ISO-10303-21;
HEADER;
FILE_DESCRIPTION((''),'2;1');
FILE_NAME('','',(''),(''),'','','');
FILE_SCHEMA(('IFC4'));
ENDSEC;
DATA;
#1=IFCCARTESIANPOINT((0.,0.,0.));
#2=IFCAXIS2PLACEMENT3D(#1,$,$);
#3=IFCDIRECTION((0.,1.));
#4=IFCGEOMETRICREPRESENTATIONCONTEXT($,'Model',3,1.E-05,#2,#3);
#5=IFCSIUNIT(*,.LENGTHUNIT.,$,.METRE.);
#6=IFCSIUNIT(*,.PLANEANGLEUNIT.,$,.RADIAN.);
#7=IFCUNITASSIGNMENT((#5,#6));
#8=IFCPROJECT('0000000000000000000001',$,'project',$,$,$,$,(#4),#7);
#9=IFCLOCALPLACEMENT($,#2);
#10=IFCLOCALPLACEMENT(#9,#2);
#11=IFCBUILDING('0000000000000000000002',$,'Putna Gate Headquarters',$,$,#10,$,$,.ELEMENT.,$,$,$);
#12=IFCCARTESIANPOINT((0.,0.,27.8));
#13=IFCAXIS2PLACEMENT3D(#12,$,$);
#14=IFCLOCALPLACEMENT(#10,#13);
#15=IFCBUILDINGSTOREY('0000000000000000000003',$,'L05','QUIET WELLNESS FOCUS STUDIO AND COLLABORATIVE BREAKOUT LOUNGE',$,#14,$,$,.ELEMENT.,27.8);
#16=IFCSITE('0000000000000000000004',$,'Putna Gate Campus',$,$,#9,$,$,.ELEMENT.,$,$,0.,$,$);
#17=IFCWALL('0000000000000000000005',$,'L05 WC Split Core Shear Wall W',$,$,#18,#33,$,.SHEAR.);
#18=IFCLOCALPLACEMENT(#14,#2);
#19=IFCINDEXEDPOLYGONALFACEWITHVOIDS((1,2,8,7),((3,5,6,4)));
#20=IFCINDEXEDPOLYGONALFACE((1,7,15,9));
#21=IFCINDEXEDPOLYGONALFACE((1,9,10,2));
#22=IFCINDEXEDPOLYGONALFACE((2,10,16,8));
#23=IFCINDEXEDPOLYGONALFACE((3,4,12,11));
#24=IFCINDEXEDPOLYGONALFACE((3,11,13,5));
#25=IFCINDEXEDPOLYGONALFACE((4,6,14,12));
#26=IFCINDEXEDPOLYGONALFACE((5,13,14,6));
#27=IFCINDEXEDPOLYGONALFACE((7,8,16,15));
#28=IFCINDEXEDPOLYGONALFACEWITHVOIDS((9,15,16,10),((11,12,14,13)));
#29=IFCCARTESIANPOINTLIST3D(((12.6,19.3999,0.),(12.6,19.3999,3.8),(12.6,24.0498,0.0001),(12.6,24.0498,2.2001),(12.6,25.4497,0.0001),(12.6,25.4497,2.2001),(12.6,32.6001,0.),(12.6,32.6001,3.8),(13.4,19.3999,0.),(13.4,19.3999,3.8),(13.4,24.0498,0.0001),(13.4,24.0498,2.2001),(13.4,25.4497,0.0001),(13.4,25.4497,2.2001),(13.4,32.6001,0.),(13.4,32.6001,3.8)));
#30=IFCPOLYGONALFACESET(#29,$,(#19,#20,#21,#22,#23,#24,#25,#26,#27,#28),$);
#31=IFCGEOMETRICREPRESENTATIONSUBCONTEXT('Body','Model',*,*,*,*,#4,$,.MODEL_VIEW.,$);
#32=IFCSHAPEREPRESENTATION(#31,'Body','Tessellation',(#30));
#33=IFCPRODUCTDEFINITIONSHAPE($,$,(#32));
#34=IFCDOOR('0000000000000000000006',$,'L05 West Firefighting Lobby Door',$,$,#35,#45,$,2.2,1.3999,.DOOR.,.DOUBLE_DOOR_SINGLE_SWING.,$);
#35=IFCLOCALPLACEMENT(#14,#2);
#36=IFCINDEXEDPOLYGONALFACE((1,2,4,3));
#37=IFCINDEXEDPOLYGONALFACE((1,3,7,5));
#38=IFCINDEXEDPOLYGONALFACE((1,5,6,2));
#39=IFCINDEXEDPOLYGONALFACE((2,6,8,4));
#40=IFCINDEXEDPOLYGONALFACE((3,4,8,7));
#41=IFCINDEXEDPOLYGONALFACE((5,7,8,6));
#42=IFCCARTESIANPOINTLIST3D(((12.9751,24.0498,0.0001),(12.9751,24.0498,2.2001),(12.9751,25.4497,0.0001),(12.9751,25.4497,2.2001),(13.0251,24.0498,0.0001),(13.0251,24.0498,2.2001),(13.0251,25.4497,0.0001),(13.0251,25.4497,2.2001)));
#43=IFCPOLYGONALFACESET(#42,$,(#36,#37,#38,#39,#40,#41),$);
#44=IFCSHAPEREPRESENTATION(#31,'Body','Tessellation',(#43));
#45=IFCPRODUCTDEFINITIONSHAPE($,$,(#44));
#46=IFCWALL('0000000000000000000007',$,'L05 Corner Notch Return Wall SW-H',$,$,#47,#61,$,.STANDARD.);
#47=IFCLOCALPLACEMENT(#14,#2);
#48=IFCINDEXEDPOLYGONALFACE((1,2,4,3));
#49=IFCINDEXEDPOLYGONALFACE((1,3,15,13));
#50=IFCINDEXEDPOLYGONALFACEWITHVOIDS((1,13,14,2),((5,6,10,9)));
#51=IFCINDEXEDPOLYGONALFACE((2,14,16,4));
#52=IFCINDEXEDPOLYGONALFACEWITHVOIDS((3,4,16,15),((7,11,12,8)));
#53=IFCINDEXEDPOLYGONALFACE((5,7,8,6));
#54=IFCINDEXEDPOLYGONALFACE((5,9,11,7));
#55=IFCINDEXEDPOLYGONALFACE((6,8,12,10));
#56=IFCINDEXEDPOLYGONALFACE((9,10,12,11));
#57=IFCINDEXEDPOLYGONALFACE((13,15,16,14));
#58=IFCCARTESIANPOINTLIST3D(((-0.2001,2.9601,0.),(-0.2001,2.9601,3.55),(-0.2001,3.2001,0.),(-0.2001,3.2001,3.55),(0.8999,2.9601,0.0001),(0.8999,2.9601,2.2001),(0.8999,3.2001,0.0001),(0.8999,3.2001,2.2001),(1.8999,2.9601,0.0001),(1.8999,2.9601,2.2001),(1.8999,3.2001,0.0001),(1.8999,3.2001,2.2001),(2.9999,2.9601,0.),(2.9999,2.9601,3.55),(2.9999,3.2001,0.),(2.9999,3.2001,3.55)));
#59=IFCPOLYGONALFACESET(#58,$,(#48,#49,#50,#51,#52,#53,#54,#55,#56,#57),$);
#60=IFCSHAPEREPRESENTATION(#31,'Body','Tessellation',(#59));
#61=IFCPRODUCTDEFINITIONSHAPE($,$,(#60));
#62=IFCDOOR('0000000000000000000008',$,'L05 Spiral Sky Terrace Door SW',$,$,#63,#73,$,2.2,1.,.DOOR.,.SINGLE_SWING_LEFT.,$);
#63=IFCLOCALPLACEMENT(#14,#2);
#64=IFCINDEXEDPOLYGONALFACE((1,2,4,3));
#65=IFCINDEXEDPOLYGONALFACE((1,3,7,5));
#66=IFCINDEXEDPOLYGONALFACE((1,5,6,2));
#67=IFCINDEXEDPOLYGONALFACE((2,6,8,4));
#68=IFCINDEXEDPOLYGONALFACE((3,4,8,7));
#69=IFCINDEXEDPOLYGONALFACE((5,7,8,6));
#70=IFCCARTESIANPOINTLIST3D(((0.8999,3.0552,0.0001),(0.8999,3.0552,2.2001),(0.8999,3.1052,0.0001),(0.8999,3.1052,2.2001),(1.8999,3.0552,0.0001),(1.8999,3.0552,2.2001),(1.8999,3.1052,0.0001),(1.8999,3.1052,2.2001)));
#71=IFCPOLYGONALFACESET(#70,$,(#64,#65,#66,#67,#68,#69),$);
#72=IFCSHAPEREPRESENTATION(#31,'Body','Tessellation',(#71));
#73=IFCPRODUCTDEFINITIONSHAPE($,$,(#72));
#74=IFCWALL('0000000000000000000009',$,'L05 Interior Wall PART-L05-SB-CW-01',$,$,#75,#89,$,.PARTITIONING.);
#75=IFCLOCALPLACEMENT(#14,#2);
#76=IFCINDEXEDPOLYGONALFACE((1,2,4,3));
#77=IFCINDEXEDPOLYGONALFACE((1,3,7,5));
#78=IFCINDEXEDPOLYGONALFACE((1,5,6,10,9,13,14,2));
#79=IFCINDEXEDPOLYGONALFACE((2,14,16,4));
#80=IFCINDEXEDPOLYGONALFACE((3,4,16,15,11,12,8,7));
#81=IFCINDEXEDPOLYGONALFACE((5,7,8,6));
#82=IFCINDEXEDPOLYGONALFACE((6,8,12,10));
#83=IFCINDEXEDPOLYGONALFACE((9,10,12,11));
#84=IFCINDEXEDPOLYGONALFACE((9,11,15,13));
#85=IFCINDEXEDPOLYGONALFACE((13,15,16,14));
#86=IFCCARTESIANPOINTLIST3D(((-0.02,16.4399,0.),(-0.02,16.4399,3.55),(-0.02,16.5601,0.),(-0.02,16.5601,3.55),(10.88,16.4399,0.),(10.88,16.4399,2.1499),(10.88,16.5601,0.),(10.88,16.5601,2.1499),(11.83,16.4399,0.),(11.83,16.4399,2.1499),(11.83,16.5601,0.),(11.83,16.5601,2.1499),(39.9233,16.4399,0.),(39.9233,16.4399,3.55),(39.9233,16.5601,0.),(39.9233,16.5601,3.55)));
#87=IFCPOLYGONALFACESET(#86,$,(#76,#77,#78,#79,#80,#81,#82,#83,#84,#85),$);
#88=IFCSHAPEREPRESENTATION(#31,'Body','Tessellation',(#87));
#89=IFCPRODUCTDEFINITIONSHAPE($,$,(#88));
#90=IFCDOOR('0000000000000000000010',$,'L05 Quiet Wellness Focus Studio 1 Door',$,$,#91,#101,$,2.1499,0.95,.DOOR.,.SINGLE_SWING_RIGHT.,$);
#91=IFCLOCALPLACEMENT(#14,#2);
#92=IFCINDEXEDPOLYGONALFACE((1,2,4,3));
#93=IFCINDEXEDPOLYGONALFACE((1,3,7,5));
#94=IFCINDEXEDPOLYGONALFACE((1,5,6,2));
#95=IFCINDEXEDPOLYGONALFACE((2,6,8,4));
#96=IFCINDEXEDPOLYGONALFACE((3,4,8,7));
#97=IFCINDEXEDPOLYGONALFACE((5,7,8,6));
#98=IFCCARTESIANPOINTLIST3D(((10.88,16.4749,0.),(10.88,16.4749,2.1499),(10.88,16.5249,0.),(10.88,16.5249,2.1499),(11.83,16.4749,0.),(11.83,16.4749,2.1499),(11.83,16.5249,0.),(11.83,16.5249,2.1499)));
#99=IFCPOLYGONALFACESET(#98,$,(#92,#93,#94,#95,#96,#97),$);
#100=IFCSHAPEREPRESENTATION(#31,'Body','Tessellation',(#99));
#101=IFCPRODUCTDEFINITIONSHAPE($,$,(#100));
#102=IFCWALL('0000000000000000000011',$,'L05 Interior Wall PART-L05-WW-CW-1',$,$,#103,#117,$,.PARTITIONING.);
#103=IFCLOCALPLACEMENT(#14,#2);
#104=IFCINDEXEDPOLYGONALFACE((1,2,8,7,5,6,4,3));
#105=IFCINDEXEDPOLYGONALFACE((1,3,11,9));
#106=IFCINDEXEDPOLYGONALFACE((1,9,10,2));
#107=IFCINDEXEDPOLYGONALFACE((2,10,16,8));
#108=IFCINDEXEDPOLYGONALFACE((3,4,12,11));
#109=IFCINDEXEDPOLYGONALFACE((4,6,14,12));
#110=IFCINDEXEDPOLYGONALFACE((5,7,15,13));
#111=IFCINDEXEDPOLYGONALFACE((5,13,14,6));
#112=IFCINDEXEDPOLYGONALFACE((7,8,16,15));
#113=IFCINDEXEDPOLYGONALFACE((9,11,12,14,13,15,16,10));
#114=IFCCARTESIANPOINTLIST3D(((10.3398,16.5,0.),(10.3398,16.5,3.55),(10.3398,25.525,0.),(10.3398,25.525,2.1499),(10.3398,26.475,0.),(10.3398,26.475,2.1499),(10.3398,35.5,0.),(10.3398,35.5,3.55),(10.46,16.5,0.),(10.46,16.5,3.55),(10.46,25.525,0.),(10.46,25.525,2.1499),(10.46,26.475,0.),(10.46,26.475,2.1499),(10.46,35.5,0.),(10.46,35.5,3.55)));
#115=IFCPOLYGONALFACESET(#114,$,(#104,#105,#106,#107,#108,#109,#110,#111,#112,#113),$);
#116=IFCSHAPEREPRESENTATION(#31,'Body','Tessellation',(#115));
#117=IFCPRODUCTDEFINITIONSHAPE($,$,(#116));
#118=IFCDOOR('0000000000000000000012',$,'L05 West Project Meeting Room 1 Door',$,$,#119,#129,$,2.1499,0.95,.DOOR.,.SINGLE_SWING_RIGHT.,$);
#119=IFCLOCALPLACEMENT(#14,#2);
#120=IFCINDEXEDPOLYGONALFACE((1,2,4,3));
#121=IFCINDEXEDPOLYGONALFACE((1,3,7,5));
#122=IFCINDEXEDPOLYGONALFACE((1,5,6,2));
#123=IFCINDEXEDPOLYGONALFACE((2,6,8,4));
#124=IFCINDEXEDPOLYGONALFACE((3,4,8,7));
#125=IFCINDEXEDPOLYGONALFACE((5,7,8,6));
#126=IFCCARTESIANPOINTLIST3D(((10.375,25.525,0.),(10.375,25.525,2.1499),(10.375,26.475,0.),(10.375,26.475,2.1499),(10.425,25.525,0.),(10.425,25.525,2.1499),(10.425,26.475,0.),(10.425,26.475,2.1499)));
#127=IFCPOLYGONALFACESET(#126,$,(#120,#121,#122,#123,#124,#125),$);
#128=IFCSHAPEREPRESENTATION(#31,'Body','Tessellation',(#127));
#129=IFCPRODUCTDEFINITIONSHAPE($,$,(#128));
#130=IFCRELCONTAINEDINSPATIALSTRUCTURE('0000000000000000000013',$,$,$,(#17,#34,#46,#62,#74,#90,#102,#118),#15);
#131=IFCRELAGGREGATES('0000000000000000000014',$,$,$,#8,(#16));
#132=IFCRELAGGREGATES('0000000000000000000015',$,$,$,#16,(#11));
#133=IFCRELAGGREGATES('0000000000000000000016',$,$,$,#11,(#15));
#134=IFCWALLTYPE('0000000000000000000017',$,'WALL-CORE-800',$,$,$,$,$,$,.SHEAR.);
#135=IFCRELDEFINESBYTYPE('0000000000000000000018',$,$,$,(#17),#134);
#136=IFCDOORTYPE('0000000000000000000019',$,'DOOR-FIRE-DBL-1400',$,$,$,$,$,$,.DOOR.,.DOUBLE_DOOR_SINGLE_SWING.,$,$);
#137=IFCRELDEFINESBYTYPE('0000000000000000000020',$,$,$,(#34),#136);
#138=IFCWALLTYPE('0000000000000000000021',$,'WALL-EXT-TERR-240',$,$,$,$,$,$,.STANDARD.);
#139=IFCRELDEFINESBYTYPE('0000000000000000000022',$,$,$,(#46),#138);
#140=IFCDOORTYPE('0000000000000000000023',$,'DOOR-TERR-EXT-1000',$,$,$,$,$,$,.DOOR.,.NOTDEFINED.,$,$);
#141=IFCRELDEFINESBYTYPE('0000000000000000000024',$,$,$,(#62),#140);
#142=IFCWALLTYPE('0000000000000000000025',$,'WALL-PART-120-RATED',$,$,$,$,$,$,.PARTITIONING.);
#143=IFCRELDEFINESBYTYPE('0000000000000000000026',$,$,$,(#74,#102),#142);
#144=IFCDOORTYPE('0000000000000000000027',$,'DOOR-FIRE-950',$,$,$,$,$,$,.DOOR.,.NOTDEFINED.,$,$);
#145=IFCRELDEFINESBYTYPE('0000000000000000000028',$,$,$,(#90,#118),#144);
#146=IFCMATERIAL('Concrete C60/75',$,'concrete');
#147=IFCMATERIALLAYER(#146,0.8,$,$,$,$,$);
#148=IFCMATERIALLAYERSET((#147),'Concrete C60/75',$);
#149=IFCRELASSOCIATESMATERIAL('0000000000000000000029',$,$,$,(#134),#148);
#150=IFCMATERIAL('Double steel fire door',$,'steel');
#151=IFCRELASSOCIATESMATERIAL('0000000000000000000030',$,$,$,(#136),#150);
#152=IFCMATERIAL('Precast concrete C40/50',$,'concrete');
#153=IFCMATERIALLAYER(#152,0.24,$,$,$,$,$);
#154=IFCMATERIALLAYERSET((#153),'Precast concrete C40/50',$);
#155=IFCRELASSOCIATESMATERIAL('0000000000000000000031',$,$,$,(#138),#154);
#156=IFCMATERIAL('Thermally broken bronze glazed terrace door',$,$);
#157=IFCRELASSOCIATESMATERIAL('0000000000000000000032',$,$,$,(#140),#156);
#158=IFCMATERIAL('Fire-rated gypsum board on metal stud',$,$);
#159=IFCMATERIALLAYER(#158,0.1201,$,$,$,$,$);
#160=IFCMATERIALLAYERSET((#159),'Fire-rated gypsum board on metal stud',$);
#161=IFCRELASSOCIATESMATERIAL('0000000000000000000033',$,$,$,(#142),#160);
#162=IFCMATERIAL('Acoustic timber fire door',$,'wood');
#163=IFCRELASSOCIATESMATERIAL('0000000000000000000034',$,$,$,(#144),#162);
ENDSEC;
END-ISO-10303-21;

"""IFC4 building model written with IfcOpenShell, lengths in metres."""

from ifc_helpers import new_model, si_unit, direction, frame, frame_2d, origin, place, context, subcontext, project, spatial, rectangle, extrude, material, layer, layer_set, type_object, element, fill, save


model = new_model("IFC4")

# Units and contexts
model_context = context("Model", 3, precision=1e-05, world=origin(), true_north=direction((0.0, 1.0)))
body_context = subcontext(model_context, "Body", "Model", "MODEL_VIEW")
ifc_project = project(units=[si_unit("LENGTHUNIT", "METRE"), si_unit("PLANEANGLEUNIT", "RADIAN")], contexts=[model_context])

# Site, building, storey
site_placement = place(None, origin())
site = spatial("IfcSite", under=ifc_project, at=site_placement, Name="Putna Gate Campus", CompositionType="ELEMENT", RefElevation=0.0)
building_placement = place(site_placement, origin())
building = spatial("IfcBuilding", under=site, at=building_placement, Name="Putna Gate Headquarters", CompositionType="ELEMENT")
storey_placement = place(building_placement, frame((0.0, 0.0, 27.8)))
storey = spatial("IfcBuildingStorey", under=building, at=storey_placement, Name="L05", Description="QUIET WELLNESS FOCUS STUDIO AND COLLABORATIVE BREAKOUT LOUNGE", CompositionType="ELEMENT", Elevation=27.8)

# Shared definitions
ifc_material_1 = material(Name="Concrete C60/75", Category="concrete")

# Walls, openings, doors
ifc_layer_1 = layer(ifc_material_1, 0.8)
ifc_layer_set_1 = layer_set([ifc_layer_1], Name="Concrete C60/75")
wall_type_1 = type_object("IfcWallType", Name="WALL-CORE-800", PredefinedType="SHEAR", material=ifc_layer_set_1)
ifc_material_2 = material(Name="Double steel fire door", Category="steel")
door_type_1 = type_object("IfcDoorType", Name="DOOR-FIRE-DBL-1400", OperationType="DOUBLE_DOOR_SINGLE_SWING", PredefinedType="DOOR", material=ifc_material_2)
wall_1_placement = place(storey_placement, frame((13.0, 19.3999, 0.0), z_axis=(0.0, 0.0, 1.0), x_axis=(0.0, 1.0, 0.0)))
wall_1 = element("IfcWall", 1, at=wall_1_placement, inside=storey, type_object=wall_type_1, Name="L05 WC Split Core Shear Wall W", PredefinedType="SHEAR", context=body_context, shape_type="SweptSolid", body=[
    extrude(rectangle(XDim=13.2002, YDim=0.8, at=frame_2d((6.6001, 0.0))), origin(), (0.0, 0.0, 1.0), 3.8),
])
opening_1_placement = place(wall_1_placement, frame((4.6499, 0.0, 0.0)))
opening_1 = element("IfcOpeningElement", 2, at=opening_1_placement, cuts=wall_1, PredefinedType="OPENING", context=body_context, shape_type="SweptSolid", body=[
    extrude(rectangle(XDim=1.3999, YDim=2.2, at=frame_2d((0.7, 1.1001))), frame((0.0, 0.4099, 0.0), z_axis=(0.0, -1.0, 0.0), x_axis=(1.0, 0.0, 0.0)), (0.0, 0.0, 1.0), 0.8201),
])
door_1_placement = place(opening_1_placement, origin())
door_1 = element("IfcDoor", 3, at=door_1_placement, inside=storey, type_object=door_type_1, Name="L05 West Firefighting Lobby Door", OperationType="DOUBLE_DOOR_SINGLE_SWING", OverallHeight=2.2, OverallWidth=1.3999, PredefinedType="DOOR", context=body_context, shape_type="SweptSolid", body=[
    extrude(rectangle(XDim=1.3999, YDim=2.2, at=frame_2d((0.7, 1.1001))), frame((0.0, 0.0249, 0.0), z_axis=(0.0, -1.0, 0.0), x_axis=(1.0, 0.0, 0.0)), (0.0, 0.0, 1.0), 0.05),
])
fill(opening_1, door_1)
ifc_material_3 = material(Name="Precast concrete C40/50", Category="concrete")
ifc_layer_2 = layer(ifc_material_3, 0.24)
ifc_layer_set_2 = layer_set([ifc_layer_2], Name="Precast concrete C40/50")
wall_type_2 = type_object("IfcWallType", Name="WALL-EXT-TERR-240", PredefinedType="STANDARD", material=ifc_layer_set_2)
wall_2_placement = place(storey_placement, frame((3.0, 3.0801, 0.0), z_axis=(0.0, 0.0, 1.0), x_axis=(-1.0, 0.0, 0.0)))
wall_2 = element("IfcWall", 4, at=wall_2_placement, inside=storey, type_object=wall_type_2, Name="L05 Corner Notch Return Wall SW-H", PredefinedType="STANDARD", context=body_context, shape_type="SweptSolid", body=[
    extrude(rectangle(XDim=3.2, YDim=0.24, at=frame_2d((1.6001, 0.0))), origin(), (0.0, 0.0, 1.0), 3.55),
])
opening_2_placement = place(wall_2_placement, frame((1.1001, 0.0, 0.0)))
opening_2 = element("IfcOpeningElement", 5, at=opening_2_placement, cuts=wall_2, PredefinedType="OPENING", context=body_context, shape_type="SweptSolid", body=[
    extrude(rectangle(XDim=1.0, YDim=2.2, at=frame_2d((0.5, 1.1001))), frame((0.0, 0.1299, 0.0), z_axis=(0.0, -1.0, 0.0), x_axis=(1.0, 0.0, 0.0)), (0.0, 0.0, 1.0), 0.26),
])
ifc_material_4 = material(Name="Thermally broken bronze glazed terrace door")
door_type_2 = type_object("IfcDoorType", Name="DOOR-TERR-EXT-1000", OperationType="NOTDEFINED", PredefinedType="DOOR", material=ifc_material_4)
door_2_placement = place(opening_2_placement, origin())
door_2 = element("IfcDoor", 6, at=door_2_placement, inside=storey, type_object=door_type_2, Name="L05 Spiral Sky Terrace Door SW", OperationType="SINGLE_SWING_LEFT", OverallHeight=2.2, OverallWidth=1.0, PredefinedType="DOOR", context=body_context, shape_type="SweptSolid", body=[
    extrude(rectangle(XDim=1.0, YDim=2.2, at=frame_2d((0.5, 1.1001))), frame((0.0, 0.0249, 0.0), z_axis=(0.0, -1.0, 0.0), x_axis=(1.0, 0.0, 0.0)), (0.0, 0.0, 1.0), 0.05),
])
fill(opening_2, door_2)
ifc_material_5 = material(Name="Fire-rated gypsum board on metal stud")
ifc_layer_3 = layer(ifc_material_5, 0.1201)
ifc_layer_set_3 = layer_set([ifc_layer_3], Name="Fire-rated gypsum board on metal stud")
wall_type_3 = type_object("IfcWallType", Name="WALL-PART-120-RATED", PredefinedType="PARTITIONING", material=ifc_layer_set_3)
wall_3_placement = place(storey_placement, frame((-0.02, 16.5, 0.0), z_axis=(0.0, 0.0, 1.0), x_axis=(1.0, 0.0, 0.0)))
wall_3 = element("IfcWall", 7, at=wall_3_placement, inside=storey, type_object=wall_type_3, Name="L05 Interior Wall PART-L05-SB-CW-01", PredefinedType="PARTITIONING", context=body_context, shape_type="SweptSolid", body=[
    extrude(rectangle(XDim=39.9434, YDim=0.1201, at=frame_2d((19.9717, 0.0))), origin(), (0.0, 0.0, 1.0), 3.55),
])
opening_3_placement = place(wall_3_placement, frame((10.8999, 0.0, 0.0)))
opening_3 = element("IfcOpeningElement", 8, at=opening_3_placement, cuts=wall_3, PredefinedType="OPENING", context=body_context, shape_type="SweptSolid", body=[
    extrude(rectangle(XDim=0.95, YDim=2.1499, at=frame_2d((0.4751, 1.075))), frame((0.0, 0.0701, 0.0), z_axis=(0.0, -1.0, 0.0), x_axis=(1.0, 0.0, 0.0)), (0.0, 0.0, 1.0), 0.1401),
])
ifc_material_6 = material(Name="Acoustic timber fire door", Category="wood")
door_type_3 = type_object("IfcDoorType", Name="DOOR-FIRE-950", OperationType="NOTDEFINED", PredefinedType="DOOR", material=ifc_material_6)
door_3_placement = place(opening_3_placement, origin())
door_3 = element("IfcDoor", 9, at=door_3_placement, inside=storey, type_object=door_type_3, Name="L05 Quiet Wellness Focus Studio 1 Door", OperationType="SINGLE_SWING_RIGHT", OverallHeight=2.1499, OverallWidth=0.95, PredefinedType="DOOR", context=body_context, shape_type="SweptSolid", body=[
    extrude(rectangle(XDim=0.95, YDim=2.1499, at=frame_2d((0.4751, 1.075))), frame((0.0, 0.0249, 0.0), z_axis=(0.0, -1.0, 0.0), x_axis=(1.0, 0.0, 0.0)), (0.0, 0.0, 1.0), 0.05),
])
fill(opening_3, door_3)
wall_4_placement = place(storey_placement, frame((10.3999, 16.5, 0.0), z_axis=(0.0, 0.0, 1.0), x_axis=(0.0, 1.0, 0.0)))
wall_4 = element("IfcWall", 10, at=wall_4_placement, inside=storey, type_object=wall_type_3, Name="L05 Interior Wall PART-L05-WW-CW-1", PredefinedType="PARTITIONING", context=body_context, shape_type="SweptSolid", body=[
    extrude(rectangle(XDim=19.0, YDim=0.1201, at=frame_2d((9.5, 0.0))), origin(), (0.0, 0.0, 1.0), 3.55),
])
opening_4_placement = place(wall_4_placement, frame((9.0249, 0.0, 0.0)))
opening_4 = element("IfcOpeningElement", 11, at=opening_4_placement, cuts=wall_4, PredefinedType="OPENING", context=body_context, shape_type="SweptSolid", body=[
    extrude(rectangle(XDim=0.95, YDim=2.1499, at=frame_2d((0.4751, 1.075))), frame((0.0, 0.0701, 0.0), z_axis=(0.0, -1.0, 0.0), x_axis=(1.0, 0.0, 0.0)), (0.0, 0.0, 1.0), 0.1401),
])
door_4_placement = place(opening_4_placement, origin())
door_4 = element("IfcDoor", 12, at=door_4_placement, inside=storey, type_object=door_type_3, Name="L05 West Project Meeting Room 1 Door", OperationType="SINGLE_SWING_RIGHT", OverallHeight=2.1499, OverallWidth=0.95, PredefinedType="DOOR", context=body_context, shape_type="SweptSolid", body=[
    extrude(rectangle(XDim=0.95, YDim=2.1499, at=frame_2d((0.4751, 1.075))), frame((0.0, 0.0249, 0.0), z_axis=(0.0, -1.0, 0.0), x_axis=(1.0, 0.0, 0.0)), (0.0, 0.0, 1.0), 0.05),
])
fill(opening_4, door_4)

save(model, "model.ifc")
